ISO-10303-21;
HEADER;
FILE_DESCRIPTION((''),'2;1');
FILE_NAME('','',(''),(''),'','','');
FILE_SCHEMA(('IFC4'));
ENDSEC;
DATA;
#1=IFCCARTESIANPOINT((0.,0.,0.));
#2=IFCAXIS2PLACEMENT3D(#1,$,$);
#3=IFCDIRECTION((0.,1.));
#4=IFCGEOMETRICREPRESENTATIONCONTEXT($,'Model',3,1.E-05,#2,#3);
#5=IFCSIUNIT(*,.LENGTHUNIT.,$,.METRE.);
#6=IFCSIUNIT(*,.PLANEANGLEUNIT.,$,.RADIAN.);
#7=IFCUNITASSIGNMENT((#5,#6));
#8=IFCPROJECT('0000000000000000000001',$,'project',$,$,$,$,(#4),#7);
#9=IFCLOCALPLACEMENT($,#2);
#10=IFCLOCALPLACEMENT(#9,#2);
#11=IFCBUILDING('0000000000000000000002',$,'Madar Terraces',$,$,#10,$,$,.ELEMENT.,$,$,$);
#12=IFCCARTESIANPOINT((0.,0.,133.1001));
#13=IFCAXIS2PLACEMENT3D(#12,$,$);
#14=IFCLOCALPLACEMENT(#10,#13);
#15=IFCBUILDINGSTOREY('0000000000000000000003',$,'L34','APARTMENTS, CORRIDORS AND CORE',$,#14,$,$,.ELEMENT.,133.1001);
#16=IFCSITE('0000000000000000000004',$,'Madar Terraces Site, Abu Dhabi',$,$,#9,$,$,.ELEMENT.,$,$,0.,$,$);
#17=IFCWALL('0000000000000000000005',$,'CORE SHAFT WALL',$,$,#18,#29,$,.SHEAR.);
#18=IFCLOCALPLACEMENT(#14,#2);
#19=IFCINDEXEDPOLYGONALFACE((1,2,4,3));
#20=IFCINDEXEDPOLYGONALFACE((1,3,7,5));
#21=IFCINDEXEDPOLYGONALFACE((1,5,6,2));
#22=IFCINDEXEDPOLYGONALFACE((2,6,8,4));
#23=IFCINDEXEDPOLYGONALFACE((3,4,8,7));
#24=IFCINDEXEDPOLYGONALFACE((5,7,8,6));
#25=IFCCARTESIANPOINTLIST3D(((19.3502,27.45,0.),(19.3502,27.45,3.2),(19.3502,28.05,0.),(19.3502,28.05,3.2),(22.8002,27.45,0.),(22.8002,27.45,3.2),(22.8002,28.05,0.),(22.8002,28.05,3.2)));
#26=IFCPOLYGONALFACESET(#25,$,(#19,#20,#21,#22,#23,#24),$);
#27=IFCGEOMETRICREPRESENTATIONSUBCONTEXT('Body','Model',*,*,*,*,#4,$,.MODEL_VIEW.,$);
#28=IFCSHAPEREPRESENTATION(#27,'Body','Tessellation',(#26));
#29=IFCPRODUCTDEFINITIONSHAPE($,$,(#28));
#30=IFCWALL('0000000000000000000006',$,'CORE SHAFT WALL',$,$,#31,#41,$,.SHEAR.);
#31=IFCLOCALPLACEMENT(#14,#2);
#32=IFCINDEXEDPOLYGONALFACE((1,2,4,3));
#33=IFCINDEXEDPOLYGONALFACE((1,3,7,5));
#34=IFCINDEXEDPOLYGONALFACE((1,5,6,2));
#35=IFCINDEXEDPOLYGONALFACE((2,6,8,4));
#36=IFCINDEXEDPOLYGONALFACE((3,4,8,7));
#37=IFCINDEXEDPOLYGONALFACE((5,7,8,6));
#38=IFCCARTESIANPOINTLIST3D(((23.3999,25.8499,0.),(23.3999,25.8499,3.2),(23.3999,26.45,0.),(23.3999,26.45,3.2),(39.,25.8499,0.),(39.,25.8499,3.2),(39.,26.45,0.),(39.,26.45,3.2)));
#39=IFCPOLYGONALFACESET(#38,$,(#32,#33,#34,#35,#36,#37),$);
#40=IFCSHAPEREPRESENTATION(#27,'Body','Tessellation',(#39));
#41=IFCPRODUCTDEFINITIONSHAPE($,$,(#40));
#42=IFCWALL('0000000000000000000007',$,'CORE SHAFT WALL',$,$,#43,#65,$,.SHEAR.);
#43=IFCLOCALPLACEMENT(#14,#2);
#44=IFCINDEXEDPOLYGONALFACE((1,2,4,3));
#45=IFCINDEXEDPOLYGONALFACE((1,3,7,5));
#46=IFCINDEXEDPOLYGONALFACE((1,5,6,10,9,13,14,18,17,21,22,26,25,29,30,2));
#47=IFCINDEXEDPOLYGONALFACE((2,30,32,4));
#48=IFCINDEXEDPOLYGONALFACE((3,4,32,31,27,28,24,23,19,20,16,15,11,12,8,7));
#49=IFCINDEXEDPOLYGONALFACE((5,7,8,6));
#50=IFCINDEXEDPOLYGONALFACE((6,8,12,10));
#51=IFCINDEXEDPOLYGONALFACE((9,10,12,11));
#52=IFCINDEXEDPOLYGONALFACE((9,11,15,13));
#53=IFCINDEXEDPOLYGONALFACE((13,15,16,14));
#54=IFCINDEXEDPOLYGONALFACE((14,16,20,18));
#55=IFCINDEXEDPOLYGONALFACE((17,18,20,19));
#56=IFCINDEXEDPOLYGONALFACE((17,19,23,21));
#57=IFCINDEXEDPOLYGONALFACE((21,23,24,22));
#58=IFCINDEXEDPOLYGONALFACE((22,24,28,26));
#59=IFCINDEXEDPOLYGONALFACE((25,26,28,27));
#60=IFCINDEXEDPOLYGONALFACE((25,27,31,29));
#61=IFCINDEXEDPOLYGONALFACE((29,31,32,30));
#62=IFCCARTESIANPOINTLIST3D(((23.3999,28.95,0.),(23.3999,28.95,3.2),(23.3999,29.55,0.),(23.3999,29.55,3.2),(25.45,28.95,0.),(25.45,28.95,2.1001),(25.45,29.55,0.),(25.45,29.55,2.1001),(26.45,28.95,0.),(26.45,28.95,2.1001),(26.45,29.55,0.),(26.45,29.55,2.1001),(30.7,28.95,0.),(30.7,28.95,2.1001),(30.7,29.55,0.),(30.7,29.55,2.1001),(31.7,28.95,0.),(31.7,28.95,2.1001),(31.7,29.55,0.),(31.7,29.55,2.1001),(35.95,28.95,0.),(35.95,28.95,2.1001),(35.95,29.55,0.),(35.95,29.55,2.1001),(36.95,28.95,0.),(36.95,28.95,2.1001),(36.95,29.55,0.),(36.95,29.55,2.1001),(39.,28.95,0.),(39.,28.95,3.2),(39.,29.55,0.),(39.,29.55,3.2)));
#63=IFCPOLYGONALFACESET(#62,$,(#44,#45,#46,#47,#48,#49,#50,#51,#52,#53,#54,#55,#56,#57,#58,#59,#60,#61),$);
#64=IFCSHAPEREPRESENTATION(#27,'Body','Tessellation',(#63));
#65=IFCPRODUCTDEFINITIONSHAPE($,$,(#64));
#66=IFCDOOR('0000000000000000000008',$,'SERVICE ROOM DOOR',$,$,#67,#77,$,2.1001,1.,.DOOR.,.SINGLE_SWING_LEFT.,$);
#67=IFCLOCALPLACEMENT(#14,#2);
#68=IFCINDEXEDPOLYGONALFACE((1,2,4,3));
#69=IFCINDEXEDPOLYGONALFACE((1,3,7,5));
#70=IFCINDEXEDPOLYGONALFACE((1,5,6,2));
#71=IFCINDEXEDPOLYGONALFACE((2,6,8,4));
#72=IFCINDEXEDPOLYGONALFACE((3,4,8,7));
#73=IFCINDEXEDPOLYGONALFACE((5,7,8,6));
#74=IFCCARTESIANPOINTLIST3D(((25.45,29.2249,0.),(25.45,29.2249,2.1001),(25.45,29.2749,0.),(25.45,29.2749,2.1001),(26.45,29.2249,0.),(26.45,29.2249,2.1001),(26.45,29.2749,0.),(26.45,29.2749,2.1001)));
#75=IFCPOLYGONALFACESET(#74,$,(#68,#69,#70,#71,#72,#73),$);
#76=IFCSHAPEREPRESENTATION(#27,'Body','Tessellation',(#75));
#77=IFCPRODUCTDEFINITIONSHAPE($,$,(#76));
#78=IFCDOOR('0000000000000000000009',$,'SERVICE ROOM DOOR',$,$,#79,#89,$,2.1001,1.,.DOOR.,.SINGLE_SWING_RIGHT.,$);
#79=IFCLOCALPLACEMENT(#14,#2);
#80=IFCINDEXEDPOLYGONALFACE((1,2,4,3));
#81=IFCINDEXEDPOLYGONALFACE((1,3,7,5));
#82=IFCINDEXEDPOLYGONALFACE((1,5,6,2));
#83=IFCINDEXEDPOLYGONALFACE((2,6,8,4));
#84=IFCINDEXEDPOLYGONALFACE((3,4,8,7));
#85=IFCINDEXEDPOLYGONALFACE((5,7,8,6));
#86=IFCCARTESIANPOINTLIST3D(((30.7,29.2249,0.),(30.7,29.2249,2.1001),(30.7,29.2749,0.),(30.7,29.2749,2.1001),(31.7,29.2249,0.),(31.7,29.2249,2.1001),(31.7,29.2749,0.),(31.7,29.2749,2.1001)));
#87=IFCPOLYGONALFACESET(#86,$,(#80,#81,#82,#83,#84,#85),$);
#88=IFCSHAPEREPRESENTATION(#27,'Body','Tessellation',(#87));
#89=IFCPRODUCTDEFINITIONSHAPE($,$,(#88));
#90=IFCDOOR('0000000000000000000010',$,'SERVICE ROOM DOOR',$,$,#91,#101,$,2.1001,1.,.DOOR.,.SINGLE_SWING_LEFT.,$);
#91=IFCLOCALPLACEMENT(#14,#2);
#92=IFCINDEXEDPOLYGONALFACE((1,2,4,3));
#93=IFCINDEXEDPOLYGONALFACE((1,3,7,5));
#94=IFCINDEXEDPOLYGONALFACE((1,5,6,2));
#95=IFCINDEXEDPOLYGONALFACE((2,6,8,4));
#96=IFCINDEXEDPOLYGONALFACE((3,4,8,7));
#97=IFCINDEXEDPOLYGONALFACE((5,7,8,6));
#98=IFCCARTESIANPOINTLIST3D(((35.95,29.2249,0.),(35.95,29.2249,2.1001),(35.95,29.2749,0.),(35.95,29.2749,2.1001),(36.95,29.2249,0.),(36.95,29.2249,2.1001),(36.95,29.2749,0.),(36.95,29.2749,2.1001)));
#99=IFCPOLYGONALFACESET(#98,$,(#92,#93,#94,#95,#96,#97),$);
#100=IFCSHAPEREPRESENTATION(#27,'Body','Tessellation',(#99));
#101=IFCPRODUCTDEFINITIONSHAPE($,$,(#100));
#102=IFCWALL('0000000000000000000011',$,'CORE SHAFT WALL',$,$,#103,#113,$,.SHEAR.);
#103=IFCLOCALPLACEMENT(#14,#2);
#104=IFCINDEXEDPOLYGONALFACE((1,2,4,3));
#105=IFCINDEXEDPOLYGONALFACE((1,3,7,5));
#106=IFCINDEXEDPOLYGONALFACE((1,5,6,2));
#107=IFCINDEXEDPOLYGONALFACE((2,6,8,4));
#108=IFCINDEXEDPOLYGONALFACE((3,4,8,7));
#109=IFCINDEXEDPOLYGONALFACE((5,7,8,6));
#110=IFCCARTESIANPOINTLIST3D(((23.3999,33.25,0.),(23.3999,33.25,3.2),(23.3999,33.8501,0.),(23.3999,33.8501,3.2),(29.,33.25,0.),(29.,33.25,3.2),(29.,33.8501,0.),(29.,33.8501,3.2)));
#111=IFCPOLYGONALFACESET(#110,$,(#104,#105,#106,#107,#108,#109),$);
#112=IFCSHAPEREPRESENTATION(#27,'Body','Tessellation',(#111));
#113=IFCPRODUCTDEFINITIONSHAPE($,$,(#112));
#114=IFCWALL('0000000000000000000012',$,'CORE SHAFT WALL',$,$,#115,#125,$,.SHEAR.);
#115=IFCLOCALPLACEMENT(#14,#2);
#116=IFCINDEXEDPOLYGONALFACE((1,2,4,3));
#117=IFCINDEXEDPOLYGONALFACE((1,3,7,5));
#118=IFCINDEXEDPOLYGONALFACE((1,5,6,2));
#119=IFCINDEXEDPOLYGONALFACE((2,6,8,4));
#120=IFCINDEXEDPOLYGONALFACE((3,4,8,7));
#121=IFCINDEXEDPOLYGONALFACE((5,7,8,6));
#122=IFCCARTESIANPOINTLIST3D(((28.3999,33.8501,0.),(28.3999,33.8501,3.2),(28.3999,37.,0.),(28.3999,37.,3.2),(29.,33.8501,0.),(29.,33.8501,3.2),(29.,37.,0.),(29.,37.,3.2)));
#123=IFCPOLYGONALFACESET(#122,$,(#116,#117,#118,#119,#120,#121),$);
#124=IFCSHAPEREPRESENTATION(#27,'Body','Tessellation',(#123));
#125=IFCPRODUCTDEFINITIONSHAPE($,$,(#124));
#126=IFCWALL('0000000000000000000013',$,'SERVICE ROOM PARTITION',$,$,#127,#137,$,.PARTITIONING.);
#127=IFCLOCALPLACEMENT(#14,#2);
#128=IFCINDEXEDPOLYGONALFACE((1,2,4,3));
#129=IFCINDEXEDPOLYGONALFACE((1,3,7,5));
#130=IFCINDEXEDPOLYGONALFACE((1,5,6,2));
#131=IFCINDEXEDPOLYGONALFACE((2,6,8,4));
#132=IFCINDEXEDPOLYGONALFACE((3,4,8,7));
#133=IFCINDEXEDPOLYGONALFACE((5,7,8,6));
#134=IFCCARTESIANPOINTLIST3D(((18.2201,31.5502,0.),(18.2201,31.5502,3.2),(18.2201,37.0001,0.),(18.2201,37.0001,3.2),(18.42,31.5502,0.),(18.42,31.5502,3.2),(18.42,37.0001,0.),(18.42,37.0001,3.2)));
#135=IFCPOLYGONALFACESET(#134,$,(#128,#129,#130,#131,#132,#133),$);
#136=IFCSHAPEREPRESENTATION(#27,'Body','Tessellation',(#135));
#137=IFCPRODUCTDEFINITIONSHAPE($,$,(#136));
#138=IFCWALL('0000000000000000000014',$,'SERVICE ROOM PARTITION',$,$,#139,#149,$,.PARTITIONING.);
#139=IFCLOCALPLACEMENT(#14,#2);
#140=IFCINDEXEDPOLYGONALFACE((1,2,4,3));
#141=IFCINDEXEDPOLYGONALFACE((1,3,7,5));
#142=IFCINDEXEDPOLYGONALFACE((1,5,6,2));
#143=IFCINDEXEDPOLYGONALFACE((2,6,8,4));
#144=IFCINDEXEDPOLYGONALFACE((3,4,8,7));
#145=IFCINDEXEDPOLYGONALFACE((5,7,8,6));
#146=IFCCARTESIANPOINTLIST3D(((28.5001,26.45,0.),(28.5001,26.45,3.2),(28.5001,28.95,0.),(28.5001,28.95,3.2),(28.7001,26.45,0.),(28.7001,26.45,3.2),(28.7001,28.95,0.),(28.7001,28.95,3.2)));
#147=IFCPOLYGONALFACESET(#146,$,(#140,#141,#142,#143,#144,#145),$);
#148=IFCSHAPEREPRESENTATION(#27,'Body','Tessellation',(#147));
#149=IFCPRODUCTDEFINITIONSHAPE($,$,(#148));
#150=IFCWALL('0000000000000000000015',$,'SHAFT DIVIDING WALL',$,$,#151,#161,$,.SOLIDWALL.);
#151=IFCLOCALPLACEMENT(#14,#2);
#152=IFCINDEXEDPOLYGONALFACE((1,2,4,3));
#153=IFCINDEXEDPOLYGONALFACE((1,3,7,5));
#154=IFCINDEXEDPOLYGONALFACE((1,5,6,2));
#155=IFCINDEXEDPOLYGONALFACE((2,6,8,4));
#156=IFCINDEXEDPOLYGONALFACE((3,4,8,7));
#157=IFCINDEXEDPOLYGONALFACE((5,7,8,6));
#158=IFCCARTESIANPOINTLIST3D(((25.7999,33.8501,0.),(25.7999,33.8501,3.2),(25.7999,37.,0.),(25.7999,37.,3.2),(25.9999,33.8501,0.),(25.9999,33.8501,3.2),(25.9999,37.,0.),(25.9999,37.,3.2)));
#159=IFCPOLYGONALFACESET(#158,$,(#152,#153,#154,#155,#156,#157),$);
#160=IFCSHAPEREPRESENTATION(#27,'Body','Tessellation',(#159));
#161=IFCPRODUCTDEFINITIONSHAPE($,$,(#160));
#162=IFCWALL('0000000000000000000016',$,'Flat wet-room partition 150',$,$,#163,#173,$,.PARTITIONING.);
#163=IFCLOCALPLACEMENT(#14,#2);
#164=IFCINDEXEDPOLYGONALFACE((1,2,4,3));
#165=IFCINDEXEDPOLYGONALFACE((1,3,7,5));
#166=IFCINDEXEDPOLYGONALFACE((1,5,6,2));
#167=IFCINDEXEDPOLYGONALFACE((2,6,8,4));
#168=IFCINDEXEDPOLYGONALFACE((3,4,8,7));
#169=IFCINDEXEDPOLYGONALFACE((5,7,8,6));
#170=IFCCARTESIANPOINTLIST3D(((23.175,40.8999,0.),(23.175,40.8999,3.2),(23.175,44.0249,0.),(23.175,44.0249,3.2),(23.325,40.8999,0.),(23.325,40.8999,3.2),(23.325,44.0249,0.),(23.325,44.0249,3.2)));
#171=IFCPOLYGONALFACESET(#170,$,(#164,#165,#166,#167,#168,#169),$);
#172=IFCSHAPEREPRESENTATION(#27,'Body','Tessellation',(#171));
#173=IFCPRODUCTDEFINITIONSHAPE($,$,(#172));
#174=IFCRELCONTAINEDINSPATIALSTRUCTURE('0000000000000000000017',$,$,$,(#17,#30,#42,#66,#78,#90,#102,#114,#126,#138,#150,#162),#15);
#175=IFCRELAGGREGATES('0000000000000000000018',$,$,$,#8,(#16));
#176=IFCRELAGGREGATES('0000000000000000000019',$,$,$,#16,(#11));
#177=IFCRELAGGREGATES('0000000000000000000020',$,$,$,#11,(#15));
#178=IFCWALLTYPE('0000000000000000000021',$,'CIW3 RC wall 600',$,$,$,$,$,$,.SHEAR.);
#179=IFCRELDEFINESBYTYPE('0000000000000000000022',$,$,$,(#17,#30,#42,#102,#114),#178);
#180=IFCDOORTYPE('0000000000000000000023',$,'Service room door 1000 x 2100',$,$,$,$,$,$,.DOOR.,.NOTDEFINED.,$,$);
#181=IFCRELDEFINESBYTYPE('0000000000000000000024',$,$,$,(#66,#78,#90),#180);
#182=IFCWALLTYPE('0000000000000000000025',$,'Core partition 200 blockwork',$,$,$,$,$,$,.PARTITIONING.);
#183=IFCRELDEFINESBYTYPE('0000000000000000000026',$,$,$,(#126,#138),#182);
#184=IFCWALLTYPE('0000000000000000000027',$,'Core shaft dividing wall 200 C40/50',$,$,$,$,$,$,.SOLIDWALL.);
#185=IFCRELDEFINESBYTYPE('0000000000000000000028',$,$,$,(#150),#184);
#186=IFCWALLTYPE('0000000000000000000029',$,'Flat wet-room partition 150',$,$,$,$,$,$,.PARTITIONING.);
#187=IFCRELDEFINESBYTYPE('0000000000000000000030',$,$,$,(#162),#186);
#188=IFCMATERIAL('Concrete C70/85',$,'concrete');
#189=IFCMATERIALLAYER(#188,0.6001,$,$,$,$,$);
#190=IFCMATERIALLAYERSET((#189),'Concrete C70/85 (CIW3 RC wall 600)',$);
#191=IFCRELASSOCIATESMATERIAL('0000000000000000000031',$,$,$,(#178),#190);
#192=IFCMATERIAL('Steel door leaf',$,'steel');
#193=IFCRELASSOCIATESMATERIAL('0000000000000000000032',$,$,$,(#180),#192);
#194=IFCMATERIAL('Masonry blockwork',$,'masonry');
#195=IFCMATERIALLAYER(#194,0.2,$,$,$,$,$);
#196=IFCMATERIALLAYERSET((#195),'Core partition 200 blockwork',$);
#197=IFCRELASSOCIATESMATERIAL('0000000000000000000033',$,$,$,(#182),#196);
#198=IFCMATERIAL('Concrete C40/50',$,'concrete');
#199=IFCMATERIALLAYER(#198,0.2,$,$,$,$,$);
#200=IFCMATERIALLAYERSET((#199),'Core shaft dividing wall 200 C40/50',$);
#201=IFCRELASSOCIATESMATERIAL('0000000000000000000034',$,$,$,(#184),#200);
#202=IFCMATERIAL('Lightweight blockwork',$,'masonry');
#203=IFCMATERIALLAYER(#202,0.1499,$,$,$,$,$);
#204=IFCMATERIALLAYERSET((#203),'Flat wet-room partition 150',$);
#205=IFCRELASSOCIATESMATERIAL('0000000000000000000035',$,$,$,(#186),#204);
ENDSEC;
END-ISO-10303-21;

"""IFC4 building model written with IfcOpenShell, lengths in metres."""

from ifc_helpers import new_model, si_unit, direction, frame, frame_2d, origin, place, context, subcontext, project, spatial, rectangle, extrude, material, layer, layer_set, type_object, element, fill, save


model = new_model("IFC4")

# Units and contexts
model_context = context("Model", 3, precision=1e-05, world=origin(), true_north=direction((0.0, 1.0)))
body_context = subcontext(model_context, "Body", "Model", "MODEL_VIEW")
ifc_project = project(units=[si_unit("LENGTHUNIT", "METRE"), si_unit("PLANEANGLEUNIT", "RADIAN")], contexts=[model_context])

# Site, building, storey
site_placement = place(None, origin())
site = spatial("IfcSite", under=ifc_project, at=site_placement, Name="Madar Terraces Site, Abu Dhabi", CompositionType="ELEMENT", RefElevation=0.0)
building_placement = place(site_placement, origin())
building = spatial("IfcBuilding", under=site, at=building_placement, Name="Madar Terraces", CompositionType="ELEMENT")
storey_placement = place(building_placement, frame((0.0, 0.0, 133.1001)))
storey = spatial("IfcBuildingStorey", under=building, at=storey_placement, Name="L34", Description="APARTMENTS, CORRIDORS AND CORE", CompositionType="ELEMENT", Elevation=133.1001)

# Walls
ifc_material_1 = material(Name="Concrete C70/85", Category="concrete")
ifc_layer_1 = layer(ifc_material_1, 0.6001)
ifc_layer_set_1 = layer_set([ifc_layer_1], Name="Concrete C70/85 (CIW3 RC wall 600)")
wall_type_1 = type_object("IfcWallType", Name="CIW3 RC wall 600", PredefinedType="SHEAR", material=ifc_layer_set_1)
wall_1_placement = place(storey_placement, frame((19.3501, 27.75, 0.0), z_axis=(0.0, 0.0, 1.0), x_axis=(1.0, 0.0, 0.0)))
element("IfcWall", 1, at=wall_1_placement, inside=storey, type_object=wall_type_1, Name="CORE SHAFT WALL", PredefinedType="SHEAR", context=body_context, shape_type="SweptSolid", body=[
    extrude(rectangle(XDim=3.45, YDim=0.6001, at=frame_2d((1.7251, 0.0))), origin(), (0.0, 0.0, 1.0), 3.2),
])
wall_2_placement = place(storey_placement, frame((23.3999, 26.1499, 0.0), z_axis=(0.0, 0.0, 1.0), x_axis=(1.0, 0.0, 0.0)))
element("IfcWall", 2, at=wall_2_placement, inside=storey, type_object=wall_type_1, Name="CORE SHAFT WALL", PredefinedType="SHEAR", context=body_context, shape_type="SweptSolid", body=[
    extrude(rectangle(XDim=15.6001, YDim=0.6001, at=frame_2d((7.8, 0.0))), origin(), (0.0, 0.0, 1.0), 3.2),
])

# Wall, openings, doors
wall_3_placement = place(storey_placement, frame((23.3999, 29.25, 0.0), z_axis=(0.0, 0.0, 1.0), x_axis=(1.0, 0.0, 0.0)))
wall_3 = element("IfcWall", 3, at=wall_3_placement, inside=storey, type_object=wall_type_1, Name="CORE SHAFT WALL", PredefinedType="SHEAR", context=body_context, shape_type="SweptSolid", body=[
    extrude(rectangle(XDim=15.6001, YDim=0.6001, at=frame_2d((7.8, 0.0))), origin(), (0.0, 0.0, 1.0), 3.2),
])
opening_1_placement = place(wall_3_placement, frame((2.05, 0.0, 0.0)))
opening_1 = element("IfcOpeningElement", 4, at=opening_1_placement, cuts=wall_3, PredefinedType="OPENING", context=body_context, shape_type="SweptSolid", body=[
    extrude(rectangle(XDim=1.0, YDim=2.1001, at=frame_2d((0.5, 1.05))), frame((0.0, 0.3101, 0.0), z_axis=(0.0, -1.0, 0.0), x_axis=(1.0, 0.0, 0.0)), (0.0, 0.0, 1.0), 0.6201),
])
opening_2_placement = place(wall_3_placement, frame((7.3, 0.0, 0.0)))
opening_2 = element("IfcOpeningElement", 5, at=opening_2_placement, cuts=wall_3, PredefinedType="OPENING", context=body_context, shape_type="SweptSolid", body=[
    extrude(rectangle(XDim=1.0, YDim=2.1001, at=frame_2d((0.5, 1.05))), frame((0.0, 0.3101, 0.0), z_axis=(0.0, -1.0, 0.0), x_axis=(1.0, 0.0, 0.0)), (0.0, 0.0, 1.0), 0.6201),
])
opening_3_placement = place(wall_3_placement, frame((12.55, 0.0, 0.0)))
opening_3 = element("IfcOpeningElement", 6, at=opening_3_placement, cuts=wall_3, PredefinedType="OPENING", context=body_context, shape_type="SweptSolid", body=[
    extrude(rectangle(XDim=1.0, YDim=2.1001, at=frame_2d((0.5, 1.05))), frame((0.0, 0.3101, 0.0), z_axis=(0.0, -1.0, 0.0), x_axis=(1.0, 0.0, 0.0)), (0.0, 0.0, 1.0), 0.6201),
])
ifc_material_2 = material(Name="Steel door leaf", Category="steel")
door_type_1 = type_object("IfcDoorType", Name="Service room door 1000 x 2100", OperationType="NOTDEFINED", PredefinedType="DOOR", material=ifc_material_2)
door_1_placement = place(opening_1_placement, origin())
door_1 = element("IfcDoor", 7, at=door_1_placement, inside=storey, type_object=door_type_1, Name="SERVICE ROOM DOOR", OperationType="SINGLE_SWING_LEFT", OverallHeight=2.1001, OverallWidth=1.0, PredefinedType="DOOR", context=body_context, shape_type="SweptSolid", body=[
    extrude(rectangle(XDim=1.0, YDim=2.1001, at=frame_2d((0.5, 1.05))), frame((0.0, 0.0249, 0.0), z_axis=(0.0, -1.0, 0.0), x_axis=(1.0, 0.0, 0.0)), (0.0, 0.0, 1.0), 0.05),
])
fill(opening_1, door_1)
door_2_placement = place(opening_2_placement, origin())
door_2 = element("IfcDoor", 8, at=door_2_placement, inside=storey, type_object=door_type_1, Name="SERVICE ROOM DOOR", OperationType="SINGLE_SWING_RIGHT", OverallHeight=2.1001, OverallWidth=1.0, PredefinedType="DOOR", context=body_context, shape_type="SweptSolid", body=[
    extrude(rectangle(XDim=1.0, YDim=2.1001, at=frame_2d((0.5, 1.05))), frame((0.0, 0.0249, 0.0), z_axis=(0.0, -1.0, 0.0), x_axis=(1.0, 0.0, 0.0)), (0.0, 0.0, 1.0), 0.05),
])
fill(opening_2, door_2)
door_3_placement = place(opening_3_placement, origin())
door_3 = element("IfcDoor", 9, at=door_3_placement, inside=storey, type_object=door_type_1, Name="SERVICE ROOM DOOR", OperationType="SINGLE_SWING_LEFT", OverallHeight=2.1001, OverallWidth=1.0, PredefinedType="DOOR", context=body_context, shape_type="SweptSolid", body=[
    extrude(rectangle(XDim=1.0, YDim=2.1001, at=frame_2d((0.5, 1.05))), frame((0.0, 0.0249, 0.0), z_axis=(0.0, -1.0, 0.0), x_axis=(1.0, 0.0, 0.0)), (0.0, 0.0, 1.0), 0.05),
])
fill(opening_3, door_3)

# Walls
wall_4_placement = place(storey_placement, frame((23.3999, 33.55, 0.0), z_axis=(0.0, 0.0, 1.0), x_axis=(1.0, 0.0, 0.0)))
element("IfcWall", 10, at=wall_4_placement, inside=storey, type_object=wall_type_1, Name="CORE SHAFT WALL", PredefinedType="SHEAR", context=body_context, shape_type="SweptSolid", body=[
    extrude(rectangle(XDim=5.6001, YDim=0.6001, at=frame_2d((2.8, 0.0))), origin(), (0.0, 0.0, 1.0), 3.2),
])
wall_5_placement = place(storey_placement, frame((28.7, 33.8501, 0.0), z_axis=(0.0, 0.0, 1.0), x_axis=(0.0, 1.0, 0.0)))
element("IfcWall", 11, at=wall_5_placement, inside=storey, type_object=wall_type_1, Name="CORE SHAFT WALL", PredefinedType="SHEAR", context=body_context, shape_type="SweptSolid", body=[
    extrude(rectangle(XDim=3.1499, YDim=0.6001, at=frame_2d((1.575, 0.0))), origin(), (0.0, 0.0, 1.0), 3.2),
])
ifc_material_3 = material(Name="Masonry blockwork", Category="masonry")
ifc_layer_2 = layer(ifc_material_3, 0.2)
ifc_layer_set_2 = layer_set([ifc_layer_2], Name="Core partition 200 blockwork")
wall_type_2 = type_object("IfcWallType", Name="Core partition 200 blockwork", PredefinedType="PARTITIONING", material=ifc_layer_set_2)
wall_6_placement = place(storey_placement, frame((18.3201, 31.55, 0.0), z_axis=(0.0, 0.0, 1.0), x_axis=(0.0, 1.0, 0.0)))
element("IfcWall", 12, at=wall_6_placement, inside=storey, type_object=wall_type_2, Name="SERVICE ROOM PARTITION", PredefinedType="PARTITIONING", context=body_context, shape_type="SweptSolid", body=[
    extrude(rectangle(XDim=5.45, YDim=0.2, at=frame_2d((2.7251, 0.0))), origin(), (0.0, 0.0, 1.0), 3.2),
])
wall_7_placement = place(storey_placement, frame((28.6001, 26.45, 0.0), z_axis=(0.0, 0.0, 1.0), x_axis=(0.0, 1.0, 0.0)))
element("IfcWall", 13, at=wall_7_placement, inside=storey, type_object=wall_type_2, Name="SERVICE ROOM PARTITION", PredefinedType="PARTITIONING", context=body_context, shape_type="SweptSolid", body=[
    extrude(rectangle(XDim=2.5, YDim=0.2, at=frame_2d((1.25, 0.0))), origin(), (0.0, 0.0, 1.0), 3.2),
])
ifc_material_4 = material(Name="Concrete C40/50", Category="concrete")
ifc_layer_3 = layer(ifc_material_4, 0.2)
ifc_layer_set_3 = layer_set([ifc_layer_3], Name="Core shaft dividing wall 200 C40/50")
wall_type_3 = type_object("IfcWallType", Name="Core shaft dividing wall 200 C40/50", PredefinedType="SOLIDWALL", material=ifc_layer_set_3)
wall_8_placement = place(storey_placement, frame((25.8999, 33.8501, 0.0), z_axis=(0.0, 0.0, 1.0), x_axis=(0.0, 1.0, 0.0)))
element("IfcWall", 14, at=wall_8_placement, inside=storey, type_object=wall_type_3, Name="SHAFT DIVIDING WALL", PredefinedType="SOLIDWALL", context=body_context, shape_type="SweptSolid", body=[
    extrude(rectangle(XDim=3.1499, YDim=0.2, at=frame_2d((1.575, 0.0))), origin(), (0.0, 0.0, 1.0), 3.2),
])
ifc_material_5 = material(Name="Lightweight blockwork", Category="masonry")
ifc_layer_4 = layer(ifc_material_5, 0.1499)
ifc_layer_set_4 = layer_set([ifc_layer_4], Name="Flat wet-room partition 150")
wall_type_4 = type_object("IfcWallType", Name="Flat wet-room partition 150", PredefinedType="PARTITIONING", material=ifc_layer_set_4)
wall_9_placement = place(storey_placement, frame((23.25, 40.8999, 0.0), z_axis=(0.0, 0.0, 1.0), x_axis=(0.0, 1.0, 0.0)))
element("IfcWall", 15, at=wall_9_placement, inside=storey, type_object=wall_type_4, Name="Flat wet-room partition 150", PredefinedType="PARTITIONING", context=body_context, shape_type="SweptSolid", body=[
    extrude(rectangle(XDim=3.125, YDim=0.1499, at=frame_2d((1.5625, 0.0))), origin(), (0.0, 0.0, 1.0), 3.2),
])

save(model, "model.ifc")
